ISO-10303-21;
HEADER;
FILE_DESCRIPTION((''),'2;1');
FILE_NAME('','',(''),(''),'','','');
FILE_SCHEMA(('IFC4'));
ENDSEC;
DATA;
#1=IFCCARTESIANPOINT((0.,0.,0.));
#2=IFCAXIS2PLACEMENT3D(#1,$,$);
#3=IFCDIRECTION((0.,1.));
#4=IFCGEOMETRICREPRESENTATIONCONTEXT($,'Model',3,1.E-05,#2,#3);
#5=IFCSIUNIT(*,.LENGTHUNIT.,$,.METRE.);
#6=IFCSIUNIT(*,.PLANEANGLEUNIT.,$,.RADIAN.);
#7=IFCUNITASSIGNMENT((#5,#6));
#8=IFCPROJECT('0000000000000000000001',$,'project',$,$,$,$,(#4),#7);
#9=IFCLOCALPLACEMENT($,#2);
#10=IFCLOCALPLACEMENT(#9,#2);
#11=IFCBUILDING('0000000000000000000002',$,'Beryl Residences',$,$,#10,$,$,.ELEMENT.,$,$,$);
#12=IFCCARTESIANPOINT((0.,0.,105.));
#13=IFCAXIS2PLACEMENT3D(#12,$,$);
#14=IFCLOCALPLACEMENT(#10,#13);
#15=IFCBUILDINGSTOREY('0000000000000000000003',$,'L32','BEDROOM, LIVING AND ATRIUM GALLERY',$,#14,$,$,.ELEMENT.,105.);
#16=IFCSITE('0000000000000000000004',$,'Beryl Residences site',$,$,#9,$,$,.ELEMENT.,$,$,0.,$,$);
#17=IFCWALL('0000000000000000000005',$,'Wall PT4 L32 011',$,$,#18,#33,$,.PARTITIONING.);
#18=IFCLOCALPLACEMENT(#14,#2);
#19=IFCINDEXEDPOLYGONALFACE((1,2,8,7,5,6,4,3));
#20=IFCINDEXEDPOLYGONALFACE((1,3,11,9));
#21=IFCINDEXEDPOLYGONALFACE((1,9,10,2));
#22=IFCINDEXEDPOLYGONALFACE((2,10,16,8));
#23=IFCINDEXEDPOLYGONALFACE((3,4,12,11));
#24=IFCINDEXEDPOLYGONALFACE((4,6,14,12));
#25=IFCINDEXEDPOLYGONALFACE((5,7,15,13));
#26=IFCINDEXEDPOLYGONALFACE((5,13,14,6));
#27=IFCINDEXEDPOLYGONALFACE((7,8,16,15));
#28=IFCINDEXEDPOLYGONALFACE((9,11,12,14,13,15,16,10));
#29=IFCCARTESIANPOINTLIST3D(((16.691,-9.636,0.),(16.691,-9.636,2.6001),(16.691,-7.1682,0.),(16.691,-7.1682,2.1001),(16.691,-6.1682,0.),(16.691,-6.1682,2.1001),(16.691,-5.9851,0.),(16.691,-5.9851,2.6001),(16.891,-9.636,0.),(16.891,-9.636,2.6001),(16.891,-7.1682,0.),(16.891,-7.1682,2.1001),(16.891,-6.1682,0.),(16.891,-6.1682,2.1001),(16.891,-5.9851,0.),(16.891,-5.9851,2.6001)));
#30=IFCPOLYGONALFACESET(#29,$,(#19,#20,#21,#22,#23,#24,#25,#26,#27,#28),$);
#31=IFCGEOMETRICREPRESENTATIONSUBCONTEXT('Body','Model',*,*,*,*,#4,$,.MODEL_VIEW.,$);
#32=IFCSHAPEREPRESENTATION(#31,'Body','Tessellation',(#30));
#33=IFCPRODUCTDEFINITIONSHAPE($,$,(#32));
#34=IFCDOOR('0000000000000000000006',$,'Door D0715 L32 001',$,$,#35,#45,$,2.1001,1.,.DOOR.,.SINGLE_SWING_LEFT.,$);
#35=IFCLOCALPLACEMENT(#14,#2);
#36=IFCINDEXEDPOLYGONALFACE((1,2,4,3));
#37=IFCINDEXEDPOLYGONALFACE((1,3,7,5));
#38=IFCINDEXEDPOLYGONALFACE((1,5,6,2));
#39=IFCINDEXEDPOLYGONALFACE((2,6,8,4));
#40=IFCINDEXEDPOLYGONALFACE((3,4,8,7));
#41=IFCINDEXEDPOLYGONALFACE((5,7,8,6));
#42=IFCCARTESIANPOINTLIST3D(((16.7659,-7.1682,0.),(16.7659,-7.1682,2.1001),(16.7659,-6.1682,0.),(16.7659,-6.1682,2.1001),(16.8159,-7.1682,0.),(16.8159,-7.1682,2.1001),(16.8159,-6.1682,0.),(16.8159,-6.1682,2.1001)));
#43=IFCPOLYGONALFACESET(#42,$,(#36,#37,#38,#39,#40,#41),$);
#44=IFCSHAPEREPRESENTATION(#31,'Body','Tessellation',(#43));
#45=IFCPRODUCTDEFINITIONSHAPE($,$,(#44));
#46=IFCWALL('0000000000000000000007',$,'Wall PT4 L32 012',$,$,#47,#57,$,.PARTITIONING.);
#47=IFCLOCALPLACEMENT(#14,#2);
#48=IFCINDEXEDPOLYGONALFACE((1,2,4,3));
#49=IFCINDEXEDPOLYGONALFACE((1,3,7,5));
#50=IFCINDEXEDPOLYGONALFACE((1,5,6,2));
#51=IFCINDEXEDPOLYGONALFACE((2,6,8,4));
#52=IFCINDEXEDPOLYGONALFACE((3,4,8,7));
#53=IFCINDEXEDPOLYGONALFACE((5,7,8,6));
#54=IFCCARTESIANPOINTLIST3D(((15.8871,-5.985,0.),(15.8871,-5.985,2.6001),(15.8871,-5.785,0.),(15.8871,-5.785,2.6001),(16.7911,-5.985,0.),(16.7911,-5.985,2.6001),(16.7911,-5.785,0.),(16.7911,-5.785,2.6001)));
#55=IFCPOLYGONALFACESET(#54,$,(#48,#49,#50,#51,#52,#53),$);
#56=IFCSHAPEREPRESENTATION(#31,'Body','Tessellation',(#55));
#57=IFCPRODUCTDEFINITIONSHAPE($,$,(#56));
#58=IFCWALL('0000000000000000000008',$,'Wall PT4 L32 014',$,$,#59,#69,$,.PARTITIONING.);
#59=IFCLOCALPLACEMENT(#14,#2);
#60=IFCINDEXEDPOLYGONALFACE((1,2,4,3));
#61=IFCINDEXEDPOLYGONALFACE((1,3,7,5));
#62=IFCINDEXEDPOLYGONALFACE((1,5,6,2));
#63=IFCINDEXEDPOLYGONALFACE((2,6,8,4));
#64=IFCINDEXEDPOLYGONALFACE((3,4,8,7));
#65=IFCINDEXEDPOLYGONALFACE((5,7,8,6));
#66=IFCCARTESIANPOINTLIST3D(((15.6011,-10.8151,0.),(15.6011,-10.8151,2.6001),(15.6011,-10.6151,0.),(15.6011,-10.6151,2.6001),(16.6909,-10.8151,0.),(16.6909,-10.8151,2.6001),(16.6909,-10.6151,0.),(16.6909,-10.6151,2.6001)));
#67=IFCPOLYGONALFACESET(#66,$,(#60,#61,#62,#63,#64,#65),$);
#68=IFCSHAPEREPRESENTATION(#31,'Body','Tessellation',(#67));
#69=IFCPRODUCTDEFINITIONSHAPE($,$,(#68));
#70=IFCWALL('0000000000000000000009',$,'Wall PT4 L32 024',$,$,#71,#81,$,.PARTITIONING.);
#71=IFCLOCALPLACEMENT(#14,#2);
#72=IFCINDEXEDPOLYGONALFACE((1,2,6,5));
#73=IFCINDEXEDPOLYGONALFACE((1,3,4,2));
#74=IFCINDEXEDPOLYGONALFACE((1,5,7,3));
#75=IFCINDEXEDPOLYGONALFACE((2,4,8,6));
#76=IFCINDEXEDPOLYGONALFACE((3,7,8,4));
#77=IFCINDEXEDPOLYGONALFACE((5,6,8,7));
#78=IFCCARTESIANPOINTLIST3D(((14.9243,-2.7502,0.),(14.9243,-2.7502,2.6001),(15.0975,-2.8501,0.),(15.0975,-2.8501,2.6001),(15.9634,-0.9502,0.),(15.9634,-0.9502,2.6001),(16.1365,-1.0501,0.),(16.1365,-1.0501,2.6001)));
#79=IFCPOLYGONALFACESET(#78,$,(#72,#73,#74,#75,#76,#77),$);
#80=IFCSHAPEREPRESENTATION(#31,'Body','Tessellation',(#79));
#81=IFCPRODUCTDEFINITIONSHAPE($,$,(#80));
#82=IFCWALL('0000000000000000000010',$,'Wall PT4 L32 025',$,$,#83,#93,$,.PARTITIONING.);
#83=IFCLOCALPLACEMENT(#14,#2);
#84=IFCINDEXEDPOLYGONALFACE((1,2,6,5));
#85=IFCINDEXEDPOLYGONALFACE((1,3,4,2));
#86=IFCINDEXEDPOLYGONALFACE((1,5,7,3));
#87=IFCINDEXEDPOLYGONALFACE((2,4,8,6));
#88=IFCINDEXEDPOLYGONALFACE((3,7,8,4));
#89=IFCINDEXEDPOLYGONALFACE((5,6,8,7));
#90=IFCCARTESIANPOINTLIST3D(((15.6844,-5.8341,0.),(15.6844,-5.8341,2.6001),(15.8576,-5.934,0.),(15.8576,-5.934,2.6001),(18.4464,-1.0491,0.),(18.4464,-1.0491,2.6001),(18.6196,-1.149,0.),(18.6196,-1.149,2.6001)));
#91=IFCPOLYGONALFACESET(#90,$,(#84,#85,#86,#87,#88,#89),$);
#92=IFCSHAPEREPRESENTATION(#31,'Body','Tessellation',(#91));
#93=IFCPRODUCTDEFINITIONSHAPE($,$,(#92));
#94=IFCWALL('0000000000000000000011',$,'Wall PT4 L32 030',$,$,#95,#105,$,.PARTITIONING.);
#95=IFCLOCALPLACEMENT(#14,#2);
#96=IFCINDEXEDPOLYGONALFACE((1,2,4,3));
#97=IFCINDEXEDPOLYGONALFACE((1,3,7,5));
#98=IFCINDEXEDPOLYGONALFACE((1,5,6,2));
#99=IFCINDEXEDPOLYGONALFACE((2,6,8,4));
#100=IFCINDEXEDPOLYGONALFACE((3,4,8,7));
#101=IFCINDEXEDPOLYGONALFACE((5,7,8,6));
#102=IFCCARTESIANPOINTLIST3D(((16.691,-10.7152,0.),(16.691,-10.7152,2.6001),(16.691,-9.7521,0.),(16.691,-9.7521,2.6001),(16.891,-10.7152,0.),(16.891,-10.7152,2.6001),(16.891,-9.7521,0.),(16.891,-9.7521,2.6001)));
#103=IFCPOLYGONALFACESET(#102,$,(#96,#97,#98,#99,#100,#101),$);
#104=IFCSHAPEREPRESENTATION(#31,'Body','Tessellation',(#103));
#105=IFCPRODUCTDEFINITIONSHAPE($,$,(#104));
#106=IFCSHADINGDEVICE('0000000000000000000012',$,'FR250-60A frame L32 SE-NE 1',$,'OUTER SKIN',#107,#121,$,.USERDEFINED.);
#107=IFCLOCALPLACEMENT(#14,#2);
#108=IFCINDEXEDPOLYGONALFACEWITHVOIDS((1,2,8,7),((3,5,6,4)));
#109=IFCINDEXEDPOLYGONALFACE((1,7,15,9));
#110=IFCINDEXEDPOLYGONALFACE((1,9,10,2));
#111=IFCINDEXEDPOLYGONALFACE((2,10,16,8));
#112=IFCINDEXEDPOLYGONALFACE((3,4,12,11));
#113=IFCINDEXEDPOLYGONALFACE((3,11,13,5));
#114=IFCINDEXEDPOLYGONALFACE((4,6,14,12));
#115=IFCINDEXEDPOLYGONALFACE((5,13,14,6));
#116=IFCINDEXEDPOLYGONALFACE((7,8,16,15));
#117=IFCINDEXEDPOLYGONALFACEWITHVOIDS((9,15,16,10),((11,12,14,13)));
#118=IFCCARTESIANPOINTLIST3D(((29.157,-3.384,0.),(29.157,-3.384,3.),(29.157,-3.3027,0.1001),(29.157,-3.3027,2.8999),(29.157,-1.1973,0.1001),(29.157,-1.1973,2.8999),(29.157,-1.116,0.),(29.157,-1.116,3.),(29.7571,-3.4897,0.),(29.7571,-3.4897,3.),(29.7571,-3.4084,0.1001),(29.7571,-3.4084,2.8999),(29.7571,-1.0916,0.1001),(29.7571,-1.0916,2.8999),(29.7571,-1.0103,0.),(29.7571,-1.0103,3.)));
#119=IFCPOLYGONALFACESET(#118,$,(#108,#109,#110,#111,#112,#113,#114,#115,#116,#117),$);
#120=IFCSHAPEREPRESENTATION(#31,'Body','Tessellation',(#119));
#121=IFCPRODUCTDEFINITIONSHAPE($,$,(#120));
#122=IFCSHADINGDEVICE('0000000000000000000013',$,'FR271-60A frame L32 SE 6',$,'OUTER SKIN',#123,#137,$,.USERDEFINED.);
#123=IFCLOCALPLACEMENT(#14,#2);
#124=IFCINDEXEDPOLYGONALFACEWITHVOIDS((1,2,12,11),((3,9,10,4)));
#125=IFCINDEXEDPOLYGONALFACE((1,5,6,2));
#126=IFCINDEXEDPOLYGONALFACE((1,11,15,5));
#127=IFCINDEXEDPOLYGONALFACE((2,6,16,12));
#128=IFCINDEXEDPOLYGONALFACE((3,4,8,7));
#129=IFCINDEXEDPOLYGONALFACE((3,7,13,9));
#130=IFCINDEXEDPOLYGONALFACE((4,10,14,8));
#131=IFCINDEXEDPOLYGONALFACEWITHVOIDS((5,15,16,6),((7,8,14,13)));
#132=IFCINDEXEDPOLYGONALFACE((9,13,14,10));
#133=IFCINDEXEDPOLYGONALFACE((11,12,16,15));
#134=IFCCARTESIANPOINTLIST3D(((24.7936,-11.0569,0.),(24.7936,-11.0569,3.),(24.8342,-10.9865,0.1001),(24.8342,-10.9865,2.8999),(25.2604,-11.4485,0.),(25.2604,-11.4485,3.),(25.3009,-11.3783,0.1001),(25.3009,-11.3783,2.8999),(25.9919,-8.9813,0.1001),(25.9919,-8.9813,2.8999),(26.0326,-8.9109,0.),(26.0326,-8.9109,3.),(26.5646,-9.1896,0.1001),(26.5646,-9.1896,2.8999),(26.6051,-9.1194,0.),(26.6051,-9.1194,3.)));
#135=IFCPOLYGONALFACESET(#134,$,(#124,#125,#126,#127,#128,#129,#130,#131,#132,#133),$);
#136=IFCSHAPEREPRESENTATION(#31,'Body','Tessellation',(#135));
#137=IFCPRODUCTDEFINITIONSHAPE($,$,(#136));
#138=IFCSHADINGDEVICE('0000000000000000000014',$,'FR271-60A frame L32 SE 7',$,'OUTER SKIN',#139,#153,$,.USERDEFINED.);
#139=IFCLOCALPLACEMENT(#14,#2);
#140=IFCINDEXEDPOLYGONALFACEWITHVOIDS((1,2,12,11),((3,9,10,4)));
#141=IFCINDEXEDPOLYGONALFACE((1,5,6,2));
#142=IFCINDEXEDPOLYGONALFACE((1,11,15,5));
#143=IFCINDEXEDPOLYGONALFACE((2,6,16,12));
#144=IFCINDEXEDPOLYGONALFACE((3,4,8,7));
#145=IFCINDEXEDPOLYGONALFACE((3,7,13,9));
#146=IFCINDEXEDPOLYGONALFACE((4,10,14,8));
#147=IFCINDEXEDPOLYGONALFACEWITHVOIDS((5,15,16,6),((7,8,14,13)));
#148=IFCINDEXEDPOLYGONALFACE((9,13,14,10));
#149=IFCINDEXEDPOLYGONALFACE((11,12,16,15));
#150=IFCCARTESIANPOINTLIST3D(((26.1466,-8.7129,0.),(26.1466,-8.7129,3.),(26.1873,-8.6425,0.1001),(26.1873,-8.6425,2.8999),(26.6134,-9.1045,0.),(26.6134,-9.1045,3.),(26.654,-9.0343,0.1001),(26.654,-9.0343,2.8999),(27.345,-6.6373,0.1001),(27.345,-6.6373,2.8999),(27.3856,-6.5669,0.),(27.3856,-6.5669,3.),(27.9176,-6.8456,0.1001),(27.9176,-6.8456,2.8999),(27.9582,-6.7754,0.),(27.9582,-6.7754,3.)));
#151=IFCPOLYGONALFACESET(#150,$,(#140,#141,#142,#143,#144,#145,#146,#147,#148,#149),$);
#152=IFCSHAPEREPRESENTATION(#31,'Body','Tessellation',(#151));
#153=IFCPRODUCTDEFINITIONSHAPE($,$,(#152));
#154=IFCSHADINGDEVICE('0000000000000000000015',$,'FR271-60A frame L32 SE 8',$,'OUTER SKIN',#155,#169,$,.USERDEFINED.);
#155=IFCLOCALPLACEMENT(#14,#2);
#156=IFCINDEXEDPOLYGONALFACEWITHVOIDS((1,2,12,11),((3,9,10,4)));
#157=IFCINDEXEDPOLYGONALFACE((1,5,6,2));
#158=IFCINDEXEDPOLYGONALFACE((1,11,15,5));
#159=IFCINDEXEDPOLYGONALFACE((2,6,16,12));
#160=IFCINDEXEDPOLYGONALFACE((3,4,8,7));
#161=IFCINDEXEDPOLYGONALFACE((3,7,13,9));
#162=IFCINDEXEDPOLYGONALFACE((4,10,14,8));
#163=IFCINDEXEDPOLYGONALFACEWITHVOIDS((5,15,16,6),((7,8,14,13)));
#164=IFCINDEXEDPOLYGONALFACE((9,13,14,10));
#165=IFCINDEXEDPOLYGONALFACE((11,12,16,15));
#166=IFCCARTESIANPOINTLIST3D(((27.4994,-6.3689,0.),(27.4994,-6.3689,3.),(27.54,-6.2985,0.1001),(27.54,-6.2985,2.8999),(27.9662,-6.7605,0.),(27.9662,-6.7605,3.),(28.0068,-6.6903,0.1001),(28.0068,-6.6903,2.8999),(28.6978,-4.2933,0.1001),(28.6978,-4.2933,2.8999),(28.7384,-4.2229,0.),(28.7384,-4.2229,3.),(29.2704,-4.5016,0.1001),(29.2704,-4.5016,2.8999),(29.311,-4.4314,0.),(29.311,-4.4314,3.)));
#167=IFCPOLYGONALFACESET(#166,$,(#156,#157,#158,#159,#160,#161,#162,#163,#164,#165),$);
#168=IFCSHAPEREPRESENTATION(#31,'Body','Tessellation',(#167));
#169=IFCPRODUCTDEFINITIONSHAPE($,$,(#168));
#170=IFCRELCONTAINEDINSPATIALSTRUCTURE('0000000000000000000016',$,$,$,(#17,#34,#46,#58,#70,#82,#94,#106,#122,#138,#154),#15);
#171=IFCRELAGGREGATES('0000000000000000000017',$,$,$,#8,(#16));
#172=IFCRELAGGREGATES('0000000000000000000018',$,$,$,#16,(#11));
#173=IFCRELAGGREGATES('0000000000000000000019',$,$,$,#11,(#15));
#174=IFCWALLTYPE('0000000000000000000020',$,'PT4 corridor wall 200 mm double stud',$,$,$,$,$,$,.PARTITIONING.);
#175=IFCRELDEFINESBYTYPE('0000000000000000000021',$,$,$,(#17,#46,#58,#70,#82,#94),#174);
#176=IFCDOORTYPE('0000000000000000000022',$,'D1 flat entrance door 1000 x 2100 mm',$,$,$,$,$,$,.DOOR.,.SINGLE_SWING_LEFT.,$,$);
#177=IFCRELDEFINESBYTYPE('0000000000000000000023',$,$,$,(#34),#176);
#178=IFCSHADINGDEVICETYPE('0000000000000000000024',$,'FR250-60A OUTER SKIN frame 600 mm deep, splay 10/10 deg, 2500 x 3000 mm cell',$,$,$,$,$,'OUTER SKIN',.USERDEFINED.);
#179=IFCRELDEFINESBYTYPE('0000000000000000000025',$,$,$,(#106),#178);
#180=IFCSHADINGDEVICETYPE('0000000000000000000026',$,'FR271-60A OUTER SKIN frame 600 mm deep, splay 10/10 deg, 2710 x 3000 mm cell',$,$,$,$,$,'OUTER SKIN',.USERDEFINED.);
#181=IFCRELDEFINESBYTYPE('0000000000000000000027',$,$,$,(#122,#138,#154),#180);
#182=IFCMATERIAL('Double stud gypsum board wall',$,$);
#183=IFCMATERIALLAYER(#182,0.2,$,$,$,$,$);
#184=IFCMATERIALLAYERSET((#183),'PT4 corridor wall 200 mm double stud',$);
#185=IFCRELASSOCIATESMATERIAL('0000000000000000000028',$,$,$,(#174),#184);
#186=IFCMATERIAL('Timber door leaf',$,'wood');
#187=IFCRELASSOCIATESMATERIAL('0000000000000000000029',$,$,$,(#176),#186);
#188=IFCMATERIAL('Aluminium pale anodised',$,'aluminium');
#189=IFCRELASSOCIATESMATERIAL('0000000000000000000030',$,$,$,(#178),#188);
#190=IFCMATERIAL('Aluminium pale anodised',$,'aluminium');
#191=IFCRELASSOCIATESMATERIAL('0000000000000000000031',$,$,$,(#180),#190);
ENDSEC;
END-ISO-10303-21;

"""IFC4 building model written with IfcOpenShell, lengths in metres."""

from ifc_helpers import new_model, entity, si_unit, direction, frame, frame_2d, origin, place, context, subcontext, project, spatial, rectangle, extrude, source, transform, mapped, material, layer, layer_set, type_object, type_shapes, element, fill, save


model = new_model("IFC4")

# Units and contexts
model_context = context("Model", 3, precision=1e-05, world=origin(), true_north=direction((0.0, 1.0)))
body_context = subcontext(model_context, "Body", "Model", "MODEL_VIEW")
ifc_project = project(units=[si_unit("LENGTHUNIT", "METRE"), si_unit("PLANEANGLEUNIT", "RADIAN")], contexts=[model_context])

# Site, building, storey
site_placement = place(None, origin())
site = spatial("IfcSite", under=ifc_project, at=site_placement, Name="Beryl Residences site", CompositionType="ELEMENT", RefElevation=0.0)
building_placement = place(site_placement, origin())
building = spatial("IfcBuilding", under=site, at=building_placement, Name="Beryl Residences", CompositionType="ELEMENT")
storey_placement = place(building_placement, frame((0.0, 0.0, 105.0)))
storey = spatial("IfcBuildingStorey", under=building, at=storey_placement, Name="L32", Description="BEDROOM, LIVING AND ATRIUM GALLERY", CompositionType="ELEMENT", Elevation=105.0)

# Wall, opening, door
ifc_material_1 = material(Name="Double stud gypsum board wall")
ifc_layer_1 = layer(ifc_material_1, 0.2)
ifc_layer_set_1 = layer_set([ifc_layer_1], Name="PT4 corridor wall 200 mm double stud")
wall_type_1 = type_object("IfcWallType", Name="PT4 corridor wall 200 mm double stud", PredefinedType="PARTITIONING", material=ifc_layer_set_1)
wall_1_placement = place(storey_placement, frame((16.791, -5.9851, 0.0), z_axis=(0.0, 0.0, 1.0), x_axis=(0.0, -1.0, 0.0)))
wall_1 = element("IfcWall", 1, at=wall_1_placement, inside=storey, type_object=wall_type_1, Name="Wall PT4 L32 011", PredefinedType="PARTITIONING", context=body_context, shape_type="SweptSolid", body=[
    extrude(rectangle(XDim=3.6509, YDim=0.2, at=frame_2d((1.8254, 0.0))), origin(), (0.0, 0.0, 1.0), 2.6001),
])
opening_1_placement = place(wall_1_placement, frame((0.1831, 0.0, 0.0)))
opening_1 = element("IfcOpeningElement", 2, at=opening_1_placement, cuts=wall_1, PredefinedType="OPENING", context=body_context, shape_type="SweptSolid", body=[
    extrude(rectangle(XDim=1.0, YDim=2.1001, at=frame_2d((0.5, 1.05))), frame((0.0, 0.1099, 0.0), z_axis=(0.0, -1.0, 0.0), x_axis=(1.0, 0.0, 0.0)), (0.0, 0.0, 1.0), 0.22),
])
ifc_material_2 = material(Name="Timber door leaf", Category="wood")
door_type_1 = type_object("IfcDoorType", Name="D1 flat entrance door 1000 x 2100 mm", OperationType="SINGLE_SWING_LEFT", PredefinedType="DOOR", material=ifc_material_2)
door_1_placement = place(opening_1_placement, origin())
door_1 = element("IfcDoor", 3, at=door_1_placement, inside=storey, type_object=door_type_1, Name="Door D0715 L32 001", OperationType="SINGLE_SWING_LEFT", OverallHeight=2.1001, OverallWidth=1.0, PredefinedType="DOOR", context=body_context, shape_type="SweptSolid", body=[
    extrude(rectangle(XDim=1.0, YDim=2.1001, at=frame_2d((0.5, 1.05))), frame((0.0, 0.0249, 0.0), z_axis=(0.0, -1.0, 0.0), x_axis=(1.0, 0.0, 0.0)), (0.0, 0.0, 1.0), 0.05),
])
fill(opening_1, door_1)

# Walls
wall_2_placement = place(storey_placement, frame((15.887, -5.885, 0.0), z_axis=(0.0, 0.0, 1.0), x_axis=(1.0, 0.0, 0.0)))
element("IfcWall", 4, at=wall_2_placement, inside=storey, type_object=wall_type_1, Name="Wall PT4 L32 012", PredefinedType="PARTITIONING", context=body_context, shape_type="SweptSolid", body=[
    extrude(rectangle(XDim=0.9041, YDim=0.2, at=frame_2d((0.4521, 0.0))), origin(), (0.0, 0.0, 1.0), 2.6001),
])
wall_3_placement = place(storey_placement, frame((15.6011, -10.7151, 0.0), z_axis=(0.0, 0.0, 1.0), x_axis=(1.0, 0.0, 0.0)))
element("IfcWall", 5, at=wall_3_placement, inside=storey, type_object=wall_type_1, Name="Wall PT4 L32 014", PredefinedType="PARTITIONING", context=body_context, shape_type="SweptSolid", body=[
    extrude(rectangle(XDim=1.0898, YDim=0.2, at=frame_2d((0.5449, 0.0))), origin(), (0.0, 0.0, 1.0), 2.6001),
])
wall_4_placement = place(storey_placement, frame((15.011, -2.8, 0.0), z_axis=(0.0, 0.0, 1.0), x_axis=(0.499929, 0.866066, 0.0)))
element("IfcWall", 6, at=wall_4_placement, inside=storey, type_object=wall_type_1, Name="Wall PT4 L32 024", PredefinedType="PARTITIONING", context=body_context, shape_type="SweptSolid", body=[
    extrude(rectangle(XDim=2.0784, YDim=0.2, at=frame_2d((1.0391, 0.0))), origin(), (0.0, 0.0, 1.0), 2.6001),
])
wall_5_placement = place(storey_placement, frame((15.771, -5.884, 0.0), z_axis=(0.0, 0.0, 1.0), x_axis=(0.499918, 0.866073, 0.0)))
element("IfcWall", 7, at=wall_5_placement, inside=storey, type_object=wall_type_1, Name="Wall PT4 L32 025", PredefinedType="PARTITIONING", context=body_context, shape_type="SweptSolid", body=[
    extrude(rectangle(XDim=5.5249, YDim=0.2, at=frame_2d((2.7625, 0.0))), origin(), (0.0, 0.0, 1.0), 2.6001),
])
wall_6_placement = place(storey_placement, frame((16.791, -10.7151, 0.0), z_axis=(0.0, 0.0, 1.0), x_axis=(0.0, 1.0, 0.0)))
element("IfcWall", 8, at=wall_6_placement, inside=storey, type_object=wall_type_1, Name="Wall PT4 L32 030", PredefinedType="PARTITIONING", context=body_context, shape_type="SweptSolid", body=[
    extrude(rectangle(XDim=0.9631, YDim=0.2, at=frame_2d((0.4814, 0.0))), origin(), (0.0, 0.0, 1.0), 2.6001),
])

# Shading devices
ifc_material_3 = material(Name="Aluminium pale anodised", Category="aluminium")
shading_device_type_1 = type_object("IfcShadingDeviceType", Name="FR250-60A OUTER SKIN frame 600 mm deep, splay 10/10 deg, 2500 x 3000 mm cell", ElementType="OUTER SKIN", PredefinedType="USERDEFINED", material=ifc_material_3)
cartesian_point_1 = entity("IfcCartesianPoint", [-1.134, 0.0])
cartesian_point_2 = entity("IfcCartesianPoint", [-1.0527, 0.1001])
cartesian_point_3 = entity("IfcCartesianPoint", [-1.2397, 0.0])
cartesian_point_4 = entity("IfcCartesianPoint", [-1.1584, 0.1001])
shared_shape_1 = source(origin(), body_context, "Body", "SweptSolid", [
    entity("IfcExtrudedAreaSolidTapered", entity("IfcArbitraryProfileDefWithVoids", "AREA", None, entity("IfcPolyline", [cartesian_point_1, entity("IfcCartesianPoint", [1.134, 0.0]), entity("IfcCartesianPoint", [1.134, 3.0]), entity("IfcCartesianPoint", [-1.134, 3.0]), cartesian_point_1]), [entity("IfcPolyline", [cartesian_point_2, entity("IfcCartesianPoint", [1.0527, 0.1001]), entity("IfcCartesianPoint", [1.0527, 2.8999]), entity("IfcCartesianPoint", [-1.0527, 2.8999]), cartesian_point_2])]), entity("IfcAxis2Placement3D", entity("IfcCartesianPoint", [0.0, 0.0, 0.0]), entity("IfcDirection", [0.0, 1.0, 0.0]), entity("IfcDirection", [-1.0, 0.0, 0.0])), entity("IfcDirection", [0.0, 0.0, 1.0]), 0.6001, entity("IfcArbitraryProfileDefWithVoids", "AREA", None, entity("IfcPolyline", [cartesian_point_3, entity("IfcCartesianPoint", [1.2397, 0.0]), entity("IfcCartesianPoint", [1.2397, 3.0]), entity("IfcCartesianPoint", [-1.2397, 3.0]), cartesian_point_3]), [entity("IfcPolyline", [cartesian_point_4, entity("IfcCartesianPoint", [1.1584, 0.1001]), entity("IfcCartesianPoint", [1.1584, 2.8999]), entity("IfcCartesianPoint", [-1.1584, 2.8999]), cartesian_point_4])])),
])
type_shapes(shading_device_type_1, [shared_shape_1])
shading_device_placement = place(storey_placement, frame((29.157, -2.25, 0.0), z_axis=(0.0, 0.0, 1.0), x_axis=(0.0, -1.0, 0.0)))
element("IfcShadingDevice", 9, at=shading_device_placement, inside=storey, type_object=shading_device_type_1, Name="FR250-60A frame L32 SE-NE 1", ObjectType="OUTER SKIN", PredefinedType="USERDEFINED", context=body_context, shape_type="MappedRepresentation", body=[
    mapped(shared_shape_1, transform((0.0, 0.0, 0.0))),
])
ifc_material_4 = material(Name="Aluminium pale anodised", Category="aluminium")
shading_device_type_2 = type_object("IfcShadingDeviceType", Name="FR271-60A OUTER SKIN frame 600 mm deep, splay 10/10 deg, 2710 x 3000 mm cell", ElementType="OUTER SKIN", PredefinedType="USERDEFINED", material=ifc_material_4)
cartesian_point_5 = entity("IfcCartesianPoint", [-1.239, 0.0])
cartesian_point_6 = entity("IfcCartesianPoint", [-1.1577, 0.1001])
cartesian_point_7 = entity("IfcCartesianPoint", [-1.3447, 0.0])
cartesian_point_8 = entity("IfcCartesianPoint", [-1.2637, 0.1001])
shared_shape_2 = source(origin(), body_context, "Body", "SweptSolid", [
    entity("IfcExtrudedAreaSolidTapered", entity("IfcArbitraryProfileDefWithVoids", "AREA", None, entity("IfcPolyline", [cartesian_point_5, entity("IfcCartesianPoint", [1.239, 0.0]), entity("IfcCartesianPoint", [1.239, 3.0]), entity("IfcCartesianPoint", [-1.239, 3.0]), cartesian_point_5]), [entity("IfcPolyline", [cartesian_point_6, entity("IfcCartesianPoint", [1.1577, 0.1001]), entity("IfcCartesianPoint", [1.1577, 2.8999]), entity("IfcCartesianPoint", [-1.1577, 2.8999]), cartesian_point_6])]), entity("IfcAxis2Placement3D", entity("IfcCartesianPoint", [0.0, 0.0, 0.0]), entity("IfcDirection", [0.0, 1.0, 0.0]), entity("IfcDirection", [-1.0, 0.0, 0.0])), entity("IfcDirection", [0.0, 0.0, 1.0]), 0.6001, entity("IfcArbitraryProfileDefWithVoids", "AREA", None, entity("IfcPolyline", [cartesian_point_7, entity("IfcCartesianPoint", [1.3447, 0.0]), entity("IfcCartesianPoint", [1.3447, 3.0]), entity("IfcCartesianPoint", [-1.3447, 3.0]), cartesian_point_7]), [entity("IfcPolyline", [cartesian_point_8, entity("IfcCartesianPoint", [1.2637, 0.1001]), entity("IfcCartesianPoint", [1.2637, 2.8999]), entity("IfcCartesianPoint", [-1.2637, 2.8999]), cartesian_point_8])])),
])
type_shapes(shading_device_type_2, [shared_shape_2])
for number, where, z_axis, x_axis, name in (
    (10, (25.4131, -9.9839, 0.0), (0.0, 0.0, 1.0), (-0.5, -0.866025, 0.0), "FR271-60A frame L32 SE 6"),
    (11, (26.7661, -7.6399, 0.0), (0.0, 0.0, 1.0), (-0.5, -0.866025, 0.0), "FR271-60A frame L32 SE 7"),
    (12, (28.1189, -5.2959, 0.0), (0.0, 0.0, 1.0), (-0.5, -0.866025, 0.0), "FR271-60A frame L32 SE 8"),
):
    element("IfcShadingDevice", number, at=place(storey_placement, frame(where, z_axis=z_axis, x_axis=x_axis)), inside=storey, type_object=shading_device_type_2, Name=name, ObjectType="OUTER SKIN", PredefinedType="USERDEFINED", context=body_context, shape_type="MappedRepresentation", body=[
        mapped(shared_shape_2, transform((0.0, 0.0, 0.0))),
    ])

save(model, "model.ifc")
